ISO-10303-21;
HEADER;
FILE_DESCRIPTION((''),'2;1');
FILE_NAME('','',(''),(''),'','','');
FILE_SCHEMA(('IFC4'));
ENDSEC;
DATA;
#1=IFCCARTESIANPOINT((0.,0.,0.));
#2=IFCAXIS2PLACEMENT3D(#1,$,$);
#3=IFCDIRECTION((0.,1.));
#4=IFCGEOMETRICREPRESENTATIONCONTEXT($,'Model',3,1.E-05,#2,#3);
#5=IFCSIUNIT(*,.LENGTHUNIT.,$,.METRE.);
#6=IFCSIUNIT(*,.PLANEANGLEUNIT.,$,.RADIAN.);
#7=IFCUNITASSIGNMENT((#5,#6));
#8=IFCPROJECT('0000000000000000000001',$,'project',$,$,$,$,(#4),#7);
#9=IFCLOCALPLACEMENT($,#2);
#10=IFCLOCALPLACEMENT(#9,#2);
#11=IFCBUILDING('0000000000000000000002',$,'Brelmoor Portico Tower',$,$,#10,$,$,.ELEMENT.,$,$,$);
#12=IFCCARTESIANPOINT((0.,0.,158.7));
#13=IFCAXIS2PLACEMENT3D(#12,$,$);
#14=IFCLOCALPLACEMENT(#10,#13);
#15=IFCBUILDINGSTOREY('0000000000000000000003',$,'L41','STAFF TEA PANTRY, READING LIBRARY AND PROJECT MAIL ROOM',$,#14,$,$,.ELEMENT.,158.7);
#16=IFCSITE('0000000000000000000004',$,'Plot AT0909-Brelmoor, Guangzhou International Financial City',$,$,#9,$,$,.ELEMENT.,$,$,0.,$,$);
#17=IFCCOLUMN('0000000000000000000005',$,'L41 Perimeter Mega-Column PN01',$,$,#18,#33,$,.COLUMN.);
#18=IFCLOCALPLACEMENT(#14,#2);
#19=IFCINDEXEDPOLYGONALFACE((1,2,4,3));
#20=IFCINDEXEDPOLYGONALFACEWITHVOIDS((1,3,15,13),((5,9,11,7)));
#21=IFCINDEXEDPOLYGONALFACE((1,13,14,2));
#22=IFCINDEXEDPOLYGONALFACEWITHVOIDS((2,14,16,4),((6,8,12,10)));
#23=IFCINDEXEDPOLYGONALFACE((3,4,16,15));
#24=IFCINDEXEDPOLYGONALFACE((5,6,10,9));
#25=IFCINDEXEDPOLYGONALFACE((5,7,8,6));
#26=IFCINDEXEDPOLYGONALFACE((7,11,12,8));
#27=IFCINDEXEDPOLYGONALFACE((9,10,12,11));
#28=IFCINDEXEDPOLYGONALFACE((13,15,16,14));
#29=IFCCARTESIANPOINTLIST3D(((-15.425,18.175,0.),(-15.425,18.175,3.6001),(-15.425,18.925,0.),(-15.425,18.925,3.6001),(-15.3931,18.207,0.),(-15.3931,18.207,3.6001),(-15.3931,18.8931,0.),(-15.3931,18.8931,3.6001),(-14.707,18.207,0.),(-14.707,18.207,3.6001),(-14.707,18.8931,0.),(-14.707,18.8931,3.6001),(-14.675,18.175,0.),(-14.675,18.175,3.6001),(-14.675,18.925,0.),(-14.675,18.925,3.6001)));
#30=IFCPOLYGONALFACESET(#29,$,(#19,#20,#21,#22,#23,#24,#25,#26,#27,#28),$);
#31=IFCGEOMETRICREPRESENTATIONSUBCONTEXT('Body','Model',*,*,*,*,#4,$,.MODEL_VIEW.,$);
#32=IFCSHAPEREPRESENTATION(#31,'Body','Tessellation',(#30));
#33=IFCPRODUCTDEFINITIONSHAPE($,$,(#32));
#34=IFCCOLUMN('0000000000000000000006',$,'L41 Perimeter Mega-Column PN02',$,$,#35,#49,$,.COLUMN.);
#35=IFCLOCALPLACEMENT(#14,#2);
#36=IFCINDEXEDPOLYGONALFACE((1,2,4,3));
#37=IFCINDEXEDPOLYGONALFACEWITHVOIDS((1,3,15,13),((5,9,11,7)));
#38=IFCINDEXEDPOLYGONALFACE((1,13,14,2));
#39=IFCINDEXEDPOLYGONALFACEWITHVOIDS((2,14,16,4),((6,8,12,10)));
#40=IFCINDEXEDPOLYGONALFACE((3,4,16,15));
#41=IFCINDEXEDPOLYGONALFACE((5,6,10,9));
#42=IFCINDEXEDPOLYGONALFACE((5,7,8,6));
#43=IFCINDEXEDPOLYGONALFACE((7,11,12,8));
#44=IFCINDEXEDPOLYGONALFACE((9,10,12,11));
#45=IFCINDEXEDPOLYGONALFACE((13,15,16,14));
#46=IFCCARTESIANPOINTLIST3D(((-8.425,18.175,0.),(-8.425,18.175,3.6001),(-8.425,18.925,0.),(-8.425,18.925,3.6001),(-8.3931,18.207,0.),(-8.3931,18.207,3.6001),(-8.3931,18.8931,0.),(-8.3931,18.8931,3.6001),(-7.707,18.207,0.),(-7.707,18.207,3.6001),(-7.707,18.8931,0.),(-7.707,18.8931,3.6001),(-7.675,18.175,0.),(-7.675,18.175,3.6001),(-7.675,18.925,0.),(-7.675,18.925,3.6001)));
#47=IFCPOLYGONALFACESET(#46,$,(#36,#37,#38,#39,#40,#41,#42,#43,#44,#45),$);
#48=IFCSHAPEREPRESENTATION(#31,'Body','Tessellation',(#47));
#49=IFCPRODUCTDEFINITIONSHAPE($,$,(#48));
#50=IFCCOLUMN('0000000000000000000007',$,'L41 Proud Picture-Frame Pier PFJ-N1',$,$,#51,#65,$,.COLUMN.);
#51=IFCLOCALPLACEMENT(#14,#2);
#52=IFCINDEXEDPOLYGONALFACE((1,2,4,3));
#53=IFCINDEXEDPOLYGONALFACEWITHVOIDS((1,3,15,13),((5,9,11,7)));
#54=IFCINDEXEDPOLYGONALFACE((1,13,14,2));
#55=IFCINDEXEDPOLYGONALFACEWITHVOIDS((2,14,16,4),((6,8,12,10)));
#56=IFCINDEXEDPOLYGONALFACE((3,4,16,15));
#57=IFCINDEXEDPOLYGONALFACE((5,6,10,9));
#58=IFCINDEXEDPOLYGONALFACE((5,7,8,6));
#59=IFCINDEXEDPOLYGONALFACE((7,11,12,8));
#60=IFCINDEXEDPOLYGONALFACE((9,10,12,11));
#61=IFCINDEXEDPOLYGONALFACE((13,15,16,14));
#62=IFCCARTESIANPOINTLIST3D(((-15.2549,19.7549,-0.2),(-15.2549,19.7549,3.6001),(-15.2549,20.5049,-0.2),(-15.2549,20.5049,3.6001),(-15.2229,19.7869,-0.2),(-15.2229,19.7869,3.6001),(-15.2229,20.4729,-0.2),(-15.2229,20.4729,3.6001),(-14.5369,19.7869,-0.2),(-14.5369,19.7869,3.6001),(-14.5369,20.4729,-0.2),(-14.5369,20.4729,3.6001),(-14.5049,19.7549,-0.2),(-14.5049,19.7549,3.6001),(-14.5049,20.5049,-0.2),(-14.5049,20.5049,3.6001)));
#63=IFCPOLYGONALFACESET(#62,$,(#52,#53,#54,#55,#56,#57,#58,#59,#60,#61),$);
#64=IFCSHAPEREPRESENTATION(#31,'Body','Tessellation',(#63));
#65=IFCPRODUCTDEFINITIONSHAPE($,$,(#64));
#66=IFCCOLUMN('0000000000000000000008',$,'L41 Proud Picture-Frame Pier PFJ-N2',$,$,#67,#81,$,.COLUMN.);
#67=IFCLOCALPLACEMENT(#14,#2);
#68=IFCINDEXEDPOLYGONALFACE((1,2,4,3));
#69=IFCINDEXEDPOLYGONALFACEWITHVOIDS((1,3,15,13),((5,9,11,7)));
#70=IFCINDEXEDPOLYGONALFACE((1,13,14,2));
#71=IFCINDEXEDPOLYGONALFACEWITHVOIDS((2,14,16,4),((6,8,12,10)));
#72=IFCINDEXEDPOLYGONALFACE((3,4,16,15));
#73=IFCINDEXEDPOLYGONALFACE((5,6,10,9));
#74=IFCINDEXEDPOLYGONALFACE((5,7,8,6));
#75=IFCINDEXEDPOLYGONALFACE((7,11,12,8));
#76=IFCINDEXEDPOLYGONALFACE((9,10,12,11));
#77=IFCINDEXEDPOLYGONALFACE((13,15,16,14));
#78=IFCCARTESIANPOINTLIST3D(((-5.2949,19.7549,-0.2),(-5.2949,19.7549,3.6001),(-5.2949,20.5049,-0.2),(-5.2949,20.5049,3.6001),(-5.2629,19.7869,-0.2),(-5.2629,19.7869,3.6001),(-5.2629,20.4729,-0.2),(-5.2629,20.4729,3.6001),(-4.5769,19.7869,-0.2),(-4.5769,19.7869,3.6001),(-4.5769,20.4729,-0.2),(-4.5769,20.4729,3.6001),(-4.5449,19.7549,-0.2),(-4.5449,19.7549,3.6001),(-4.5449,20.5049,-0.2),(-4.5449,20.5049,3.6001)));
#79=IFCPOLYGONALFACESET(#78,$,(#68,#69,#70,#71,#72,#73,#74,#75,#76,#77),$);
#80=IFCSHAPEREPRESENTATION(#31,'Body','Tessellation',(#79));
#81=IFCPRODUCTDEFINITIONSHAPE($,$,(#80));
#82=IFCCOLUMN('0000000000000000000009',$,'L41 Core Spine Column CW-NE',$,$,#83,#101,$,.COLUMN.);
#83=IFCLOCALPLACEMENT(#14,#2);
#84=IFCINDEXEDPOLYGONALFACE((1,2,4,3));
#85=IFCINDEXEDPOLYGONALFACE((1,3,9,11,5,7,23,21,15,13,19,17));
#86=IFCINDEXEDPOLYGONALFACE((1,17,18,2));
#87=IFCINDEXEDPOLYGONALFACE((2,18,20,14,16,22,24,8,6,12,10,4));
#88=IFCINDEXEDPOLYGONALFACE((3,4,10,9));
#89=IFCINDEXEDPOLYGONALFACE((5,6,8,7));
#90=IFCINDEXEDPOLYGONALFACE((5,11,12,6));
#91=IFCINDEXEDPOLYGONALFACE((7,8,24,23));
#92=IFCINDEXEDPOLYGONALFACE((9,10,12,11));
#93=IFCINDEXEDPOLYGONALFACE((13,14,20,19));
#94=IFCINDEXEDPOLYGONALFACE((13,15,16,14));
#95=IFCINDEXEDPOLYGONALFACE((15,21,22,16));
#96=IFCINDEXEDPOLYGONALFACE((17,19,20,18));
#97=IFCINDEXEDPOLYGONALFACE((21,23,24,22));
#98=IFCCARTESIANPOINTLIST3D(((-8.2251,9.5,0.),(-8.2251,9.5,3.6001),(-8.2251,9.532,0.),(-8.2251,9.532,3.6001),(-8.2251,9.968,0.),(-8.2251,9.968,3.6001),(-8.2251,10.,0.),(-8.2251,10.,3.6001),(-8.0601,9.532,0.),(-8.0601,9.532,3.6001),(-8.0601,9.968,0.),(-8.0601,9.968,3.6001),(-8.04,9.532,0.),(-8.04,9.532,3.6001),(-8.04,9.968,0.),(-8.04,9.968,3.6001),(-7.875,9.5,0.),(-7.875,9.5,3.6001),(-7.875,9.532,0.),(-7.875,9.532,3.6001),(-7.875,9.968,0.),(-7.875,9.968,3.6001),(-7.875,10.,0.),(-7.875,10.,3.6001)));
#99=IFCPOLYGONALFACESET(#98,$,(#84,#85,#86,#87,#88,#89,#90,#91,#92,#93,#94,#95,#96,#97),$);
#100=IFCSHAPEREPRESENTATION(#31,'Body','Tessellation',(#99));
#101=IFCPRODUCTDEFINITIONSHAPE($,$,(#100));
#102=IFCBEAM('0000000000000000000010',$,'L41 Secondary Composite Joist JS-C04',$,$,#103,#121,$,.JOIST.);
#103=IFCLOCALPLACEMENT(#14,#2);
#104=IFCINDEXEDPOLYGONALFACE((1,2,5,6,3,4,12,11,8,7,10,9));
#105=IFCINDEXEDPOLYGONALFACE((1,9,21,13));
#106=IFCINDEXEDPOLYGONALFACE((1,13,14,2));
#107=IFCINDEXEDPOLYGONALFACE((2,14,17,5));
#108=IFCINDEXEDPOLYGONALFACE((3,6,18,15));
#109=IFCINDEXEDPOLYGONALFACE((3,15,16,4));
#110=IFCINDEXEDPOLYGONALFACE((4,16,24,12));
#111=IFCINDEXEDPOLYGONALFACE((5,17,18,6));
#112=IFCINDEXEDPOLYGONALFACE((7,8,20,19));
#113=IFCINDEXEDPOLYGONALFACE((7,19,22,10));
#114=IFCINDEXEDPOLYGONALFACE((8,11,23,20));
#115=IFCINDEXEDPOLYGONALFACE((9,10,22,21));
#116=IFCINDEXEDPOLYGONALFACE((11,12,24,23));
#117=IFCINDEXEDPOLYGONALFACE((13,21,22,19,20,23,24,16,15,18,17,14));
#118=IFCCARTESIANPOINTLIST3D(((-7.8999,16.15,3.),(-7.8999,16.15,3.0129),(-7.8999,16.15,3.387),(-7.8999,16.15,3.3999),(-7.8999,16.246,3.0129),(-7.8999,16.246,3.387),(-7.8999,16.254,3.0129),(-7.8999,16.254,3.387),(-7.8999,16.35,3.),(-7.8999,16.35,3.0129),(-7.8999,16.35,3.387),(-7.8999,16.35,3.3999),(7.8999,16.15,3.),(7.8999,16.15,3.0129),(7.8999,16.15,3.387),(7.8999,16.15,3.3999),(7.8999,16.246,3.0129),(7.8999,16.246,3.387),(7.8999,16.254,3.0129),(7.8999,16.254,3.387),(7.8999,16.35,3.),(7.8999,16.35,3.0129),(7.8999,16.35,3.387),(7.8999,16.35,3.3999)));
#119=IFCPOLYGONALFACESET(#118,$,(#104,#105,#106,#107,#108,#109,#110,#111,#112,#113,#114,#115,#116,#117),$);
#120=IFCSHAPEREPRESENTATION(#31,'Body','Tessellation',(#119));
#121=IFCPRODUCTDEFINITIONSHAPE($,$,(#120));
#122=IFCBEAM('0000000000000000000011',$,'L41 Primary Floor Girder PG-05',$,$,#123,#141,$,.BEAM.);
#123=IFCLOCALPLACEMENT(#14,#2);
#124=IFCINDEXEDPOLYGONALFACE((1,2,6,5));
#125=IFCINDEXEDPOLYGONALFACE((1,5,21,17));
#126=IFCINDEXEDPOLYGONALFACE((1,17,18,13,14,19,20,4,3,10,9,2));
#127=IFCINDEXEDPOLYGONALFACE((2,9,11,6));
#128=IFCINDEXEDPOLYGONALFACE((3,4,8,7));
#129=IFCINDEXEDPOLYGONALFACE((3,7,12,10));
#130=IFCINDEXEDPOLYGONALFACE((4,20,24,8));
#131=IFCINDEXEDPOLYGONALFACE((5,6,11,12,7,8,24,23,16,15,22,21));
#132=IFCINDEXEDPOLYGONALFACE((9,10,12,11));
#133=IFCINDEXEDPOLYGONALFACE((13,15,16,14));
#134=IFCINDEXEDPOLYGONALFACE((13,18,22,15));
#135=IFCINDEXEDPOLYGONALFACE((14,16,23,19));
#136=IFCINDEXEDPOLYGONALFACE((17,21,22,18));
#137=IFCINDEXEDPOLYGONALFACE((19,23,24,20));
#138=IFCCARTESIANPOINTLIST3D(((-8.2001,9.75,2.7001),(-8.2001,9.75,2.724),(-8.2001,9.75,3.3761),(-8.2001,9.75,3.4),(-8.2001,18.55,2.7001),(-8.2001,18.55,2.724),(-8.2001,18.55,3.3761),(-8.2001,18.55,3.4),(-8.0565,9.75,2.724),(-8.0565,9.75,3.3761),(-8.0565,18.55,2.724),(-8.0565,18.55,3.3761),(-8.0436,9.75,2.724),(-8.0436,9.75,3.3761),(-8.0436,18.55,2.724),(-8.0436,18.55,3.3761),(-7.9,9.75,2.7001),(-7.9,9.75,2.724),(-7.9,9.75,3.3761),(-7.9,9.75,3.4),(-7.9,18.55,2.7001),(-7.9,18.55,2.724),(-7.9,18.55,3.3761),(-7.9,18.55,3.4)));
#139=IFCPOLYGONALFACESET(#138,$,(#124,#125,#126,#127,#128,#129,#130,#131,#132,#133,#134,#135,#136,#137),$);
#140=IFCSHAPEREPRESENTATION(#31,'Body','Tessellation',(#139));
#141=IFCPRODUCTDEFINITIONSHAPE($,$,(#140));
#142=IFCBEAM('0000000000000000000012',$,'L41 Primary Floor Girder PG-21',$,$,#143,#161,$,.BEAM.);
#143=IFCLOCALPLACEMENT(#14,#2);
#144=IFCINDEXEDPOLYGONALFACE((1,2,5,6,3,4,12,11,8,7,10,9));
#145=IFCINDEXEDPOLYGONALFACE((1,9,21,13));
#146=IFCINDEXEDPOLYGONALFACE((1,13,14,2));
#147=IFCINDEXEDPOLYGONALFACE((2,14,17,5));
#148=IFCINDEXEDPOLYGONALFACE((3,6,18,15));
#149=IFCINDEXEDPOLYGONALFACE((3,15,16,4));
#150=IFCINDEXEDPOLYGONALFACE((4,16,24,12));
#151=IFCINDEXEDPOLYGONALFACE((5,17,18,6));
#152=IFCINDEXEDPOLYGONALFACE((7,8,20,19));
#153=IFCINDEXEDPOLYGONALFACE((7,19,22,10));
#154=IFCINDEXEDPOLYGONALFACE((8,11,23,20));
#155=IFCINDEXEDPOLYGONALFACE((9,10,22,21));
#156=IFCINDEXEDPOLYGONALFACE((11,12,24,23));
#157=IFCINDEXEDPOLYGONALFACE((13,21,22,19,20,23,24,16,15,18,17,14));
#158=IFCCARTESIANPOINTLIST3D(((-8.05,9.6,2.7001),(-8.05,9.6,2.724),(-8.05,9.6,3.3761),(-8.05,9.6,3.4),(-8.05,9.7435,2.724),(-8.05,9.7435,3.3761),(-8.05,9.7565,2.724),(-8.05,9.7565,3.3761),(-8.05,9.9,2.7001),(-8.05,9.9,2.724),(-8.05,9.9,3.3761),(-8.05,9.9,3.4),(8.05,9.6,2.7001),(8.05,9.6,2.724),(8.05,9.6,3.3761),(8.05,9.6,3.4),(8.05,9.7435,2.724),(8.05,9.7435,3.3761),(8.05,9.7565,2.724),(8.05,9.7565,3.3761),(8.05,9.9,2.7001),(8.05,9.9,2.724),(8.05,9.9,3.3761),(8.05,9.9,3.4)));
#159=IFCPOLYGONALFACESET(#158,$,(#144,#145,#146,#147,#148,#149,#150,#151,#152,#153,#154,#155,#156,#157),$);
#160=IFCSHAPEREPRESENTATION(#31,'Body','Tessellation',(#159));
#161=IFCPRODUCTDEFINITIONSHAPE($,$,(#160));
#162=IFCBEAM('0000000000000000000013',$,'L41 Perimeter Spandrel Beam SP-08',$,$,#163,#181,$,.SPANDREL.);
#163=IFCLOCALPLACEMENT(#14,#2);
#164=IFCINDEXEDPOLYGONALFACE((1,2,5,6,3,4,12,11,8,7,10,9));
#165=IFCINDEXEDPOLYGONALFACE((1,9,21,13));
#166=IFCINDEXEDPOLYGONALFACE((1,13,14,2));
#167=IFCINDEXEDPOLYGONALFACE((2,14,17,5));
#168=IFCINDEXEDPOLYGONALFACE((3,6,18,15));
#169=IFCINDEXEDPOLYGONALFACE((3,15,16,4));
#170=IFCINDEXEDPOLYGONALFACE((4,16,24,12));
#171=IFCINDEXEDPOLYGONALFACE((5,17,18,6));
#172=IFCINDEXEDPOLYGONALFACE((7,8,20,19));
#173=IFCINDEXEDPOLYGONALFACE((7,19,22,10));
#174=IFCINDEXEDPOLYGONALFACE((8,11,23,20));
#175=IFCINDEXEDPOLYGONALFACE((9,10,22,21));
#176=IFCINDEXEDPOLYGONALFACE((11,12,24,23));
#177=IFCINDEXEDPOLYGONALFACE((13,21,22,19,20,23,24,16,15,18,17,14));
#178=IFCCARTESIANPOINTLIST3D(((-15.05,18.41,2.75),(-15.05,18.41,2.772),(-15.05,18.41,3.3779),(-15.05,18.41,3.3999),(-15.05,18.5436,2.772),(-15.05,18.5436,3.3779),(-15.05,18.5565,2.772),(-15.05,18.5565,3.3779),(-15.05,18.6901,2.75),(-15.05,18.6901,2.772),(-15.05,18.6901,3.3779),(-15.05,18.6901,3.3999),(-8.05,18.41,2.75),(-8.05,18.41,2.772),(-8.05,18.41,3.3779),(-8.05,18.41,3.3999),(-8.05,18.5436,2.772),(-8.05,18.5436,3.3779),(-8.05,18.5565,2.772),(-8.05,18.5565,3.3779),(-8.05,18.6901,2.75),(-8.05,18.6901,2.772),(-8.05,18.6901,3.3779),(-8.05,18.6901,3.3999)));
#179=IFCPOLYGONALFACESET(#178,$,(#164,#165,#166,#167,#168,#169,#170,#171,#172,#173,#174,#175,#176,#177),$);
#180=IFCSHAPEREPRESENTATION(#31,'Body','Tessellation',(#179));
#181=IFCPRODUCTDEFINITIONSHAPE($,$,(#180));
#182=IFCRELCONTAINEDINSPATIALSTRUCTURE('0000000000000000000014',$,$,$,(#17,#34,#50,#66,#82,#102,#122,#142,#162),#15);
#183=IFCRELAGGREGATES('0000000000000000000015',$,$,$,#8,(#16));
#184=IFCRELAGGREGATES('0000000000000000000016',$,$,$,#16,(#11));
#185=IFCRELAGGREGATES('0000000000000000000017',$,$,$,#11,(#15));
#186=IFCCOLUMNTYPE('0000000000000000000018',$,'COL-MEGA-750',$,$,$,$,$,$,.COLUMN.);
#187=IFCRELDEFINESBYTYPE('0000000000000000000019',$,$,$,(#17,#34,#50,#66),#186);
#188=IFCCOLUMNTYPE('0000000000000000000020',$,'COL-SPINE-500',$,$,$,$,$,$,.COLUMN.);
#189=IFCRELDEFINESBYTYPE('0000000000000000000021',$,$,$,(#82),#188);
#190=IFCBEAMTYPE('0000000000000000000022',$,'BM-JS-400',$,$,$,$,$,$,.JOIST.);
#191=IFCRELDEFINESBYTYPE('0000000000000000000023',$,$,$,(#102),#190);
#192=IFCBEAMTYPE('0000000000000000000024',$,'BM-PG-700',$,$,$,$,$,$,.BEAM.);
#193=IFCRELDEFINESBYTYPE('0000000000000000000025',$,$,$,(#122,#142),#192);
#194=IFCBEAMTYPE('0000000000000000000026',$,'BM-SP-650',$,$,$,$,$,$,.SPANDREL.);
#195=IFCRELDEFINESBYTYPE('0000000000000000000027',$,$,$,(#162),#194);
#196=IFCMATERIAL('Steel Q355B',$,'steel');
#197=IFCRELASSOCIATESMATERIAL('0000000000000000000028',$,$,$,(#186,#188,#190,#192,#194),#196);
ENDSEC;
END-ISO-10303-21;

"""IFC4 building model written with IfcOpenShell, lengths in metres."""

from ifc_helpers import new_model, si_unit, direction, frame, origin, origin_2d, place, context, subcontext, project, spatial, hollow_rectangle, i_section, extrude, material, material_profile, profile_set, type_object, element, save


model = new_model("IFC4")

# Units and contexts
model_context = context("Model", 3, precision=1e-05, world=origin(), true_north=direction((0.0, 1.0)))
body_context = subcontext(model_context, "Body", "Model", "MODEL_VIEW")
ifc_project = project(units=[si_unit("LENGTHUNIT", "METRE"), si_unit("PLANEANGLEUNIT", "RADIAN")], contexts=[model_context])

# Site, building, storey
site_placement = place(None, origin())
site = spatial("IfcSite", under=ifc_project, at=site_placement, Name="Plot AT0909-Brelmoor, Guangzhou International Financial City", CompositionType="ELEMENT", RefElevation=0.0)
building_placement = place(site_placement, origin())
building = spatial("IfcBuilding", under=site, at=building_placement, Name="Brelmoor Portico Tower", CompositionType="ELEMENT")
storey_placement = place(building_placement, frame((0.0, 0.0, 158.7)))
storey = spatial("IfcBuildingStorey", under=building, at=storey_placement, Name="L41", Description="STAFF TEA PANTRY, READING LIBRARY AND PROJECT MAIL ROOM", CompositionType="ELEMENT", Elevation=158.7)

# Columns
ifc_material_1 = material(Name="Steel Q355B", Category="steel")
ifc_material_profile_1 = material_profile(ifc_material_1, hollow_rectangle(XDim=0.75, YDim=0.75, WallThickness=0.032, at=origin_2d()), Name="BOX 750x750x32")
ifc_profile_set_1 = profile_set([ifc_material_profile_1], Name="Steel Q355B")
column_type_1 = type_object("IfcColumnType", Name="COL-MEGA-750", PredefinedType="COLUMN", material=ifc_profile_set_1)
for number, where, z_axis, x_axis, name in (
    (1, (-15.05, 18.55, 0.0), (0.0, 0.0, 1.0), (1.0, 0.0, 0.0), "L41 Perimeter Mega-Column PN01"),
    (2, (-8.05, 18.55, 0.0), (0.0, 0.0, 1.0), (1.0, 0.0, 0.0), "L41 Perimeter Mega-Column PN02"),
):
    element("IfcColumn", number, at=place(storey_placement, frame(where, z_axis=z_axis, x_axis=x_axis)), inside=storey, type_object=column_type_1, Name=name, PredefinedType="COLUMN", context=body_context, shape_type="SweptSolid", body=[
        extrude(hollow_rectangle(XDim=0.75, YDim=0.75, WallThickness=0.032, at=origin_2d()), origin(), (0.0, 0.0, 1.0), 3.6001),
    ])
for number, where, z_axis, x_axis, name in (
    (3, (-14.8799, 20.1299, -0.2), (0.0, 0.0, 1.0), (1.0, 0.0, 0.0), "L41 Proud Picture-Frame Pier PFJ-N1"),
    (4, (-4.9199, 20.1299, -0.2), (0.0, 0.0, 1.0), (1.0, 0.0, 0.0), "L41 Proud Picture-Frame Pier PFJ-N2"),
):
    element("IfcColumn", number, at=place(storey_placement, frame(where, z_axis=z_axis, x_axis=x_axis)), inside=storey, type_object=column_type_1, Name=name, PredefinedType="COLUMN", context=body_context, shape_type="SweptSolid", body=[
        extrude(hollow_rectangle(XDim=0.75, YDim=0.75, WallThickness=0.032, at=origin_2d()), origin(), (0.0, 0.0, 1.0), 3.8),
    ])
ifc_material_profile_2 = material_profile(ifc_material_1, i_section(OverallWidth=0.3501, OverallDepth=0.5, WebThickness=0.02, FlangeThickness=0.032, at=origin_2d()), Name="HW 500x350x20x32")
ifc_profile_set_2 = profile_set([ifc_material_profile_2], Name="Steel Q355B")
column_type_2 = type_object("IfcColumnType", Name="COL-SPINE-500", PredefinedType="COLUMN", material=ifc_profile_set_2)
column_placement = place(storey_placement, frame((-8.05, 9.75, 0.0), z_axis=(0.0, 0.0, 1.0), x_axis=(1.0, 0.0, 0.0)))
element("IfcColumn", 5, at=column_placement, inside=storey, type_object=column_type_2, Name="L41 Core Spine Column CW-NE", PredefinedType="COLUMN", context=body_context, shape_type="SweptSolid", body=[
    extrude(i_section(OverallWidth=0.3501, OverallDepth=0.5, WebThickness=0.02, FlangeThickness=0.032, at=origin_2d()), origin(), (0.0, 0.0, 1.0), 3.6001),
])

# Beams
ifc_material_profile_3 = material_profile(ifc_material_1, i_section(OverallWidth=0.2, OverallDepth=0.3999, WebThickness=0.0081, FlangeThickness=0.0129, at=origin_2d()), Name="HN 400x200x8x13")
ifc_profile_set_3 = profile_set([ifc_material_profile_3], Name="Steel Q355B")
beam_type_1 = type_object("IfcBeamType", Name="BM-JS-400", PredefinedType="JOIST", material=ifc_profile_set_3)
beam_1_placement = place(storey_placement, frame((-7.8999, 16.25, 3.2), z_axis=(1.0, 0.0, 0.0), x_axis=(0.0, 1.0, 0.0)))
element("IfcBeam", 6, at=beam_1_placement, inside=storey, type_object=beam_type_1, Name="L41 Secondary Composite Joist JS-C04", PredefinedType="JOIST", context=body_context, shape_type="SweptSolid", body=[
    extrude(i_section(OverallWidth=0.2, OverallDepth=0.3999, WebThickness=0.0081, FlangeThickness=0.0129, at=origin_2d()), origin(), (0.0, 0.0, 1.0), 15.7998),
])
ifc_material_profile_4 = material_profile(ifc_material_1, i_section(OverallWidth=0.3, OverallDepth=0.7, WebThickness=0.0129, FlangeThickness=0.0239, at=origin_2d()), Name="HN 700x300x13x24")
ifc_profile_set_4 = profile_set([ifc_material_profile_4], Name="Steel Q355B")
beam_type_2 = type_object("IfcBeamType", Name="BM-PG-700", PredefinedType="BEAM", material=ifc_profile_set_4)
beam_2_placement = place(storey_placement, frame((-8.05, 9.75, 3.05), z_axis=(0.0, 1.0, 0.0), x_axis=(-1.0, 0.0, 0.0)))
element("IfcBeam", 7, at=beam_2_placement, inside=storey, type_object=beam_type_2, Name="L41 Primary Floor Girder PG-05", PredefinedType="BEAM", context=body_context, shape_type="SweptSolid", body=[
    extrude(i_section(OverallWidth=0.3, OverallDepth=0.7, WebThickness=0.0129, FlangeThickness=0.0239, at=origin_2d()), origin(), (0.0, 0.0, 1.0), 8.8),
])
beam_3_placement = place(storey_placement, frame((-8.05, 9.75, 3.05), z_axis=(1.0, 0.0, 0.0), x_axis=(0.0, 1.0, 0.0)))
element("IfcBeam", 8, at=beam_3_placement, inside=storey, type_object=beam_type_2, Name="L41 Primary Floor Girder PG-21", PredefinedType="BEAM", context=body_context, shape_type="SweptSolid", body=[
    extrude(i_section(OverallWidth=0.3, OverallDepth=0.7, WebThickness=0.0129, FlangeThickness=0.0239, at=origin_2d()), origin(), (0.0, 0.0, 1.0), 16.1001),
])
ifc_material_profile_5 = material_profile(ifc_material_1, i_section(OverallWidth=0.28, OverallDepth=0.6499, WebThickness=0.0129, FlangeThickness=0.022, at=origin_2d()), Name="HN 650x280x13x22")
ifc_profile_set_5 = profile_set([ifc_material_profile_5], Name="Steel Q355B")
beam_type_3 = type_object("IfcBeamType", Name="BM-SP-650", PredefinedType="SPANDREL", material=ifc_profile_set_5)
beam_4_placement = place(storey_placement, frame((-15.05, 18.55, 3.075), z_axis=(1.0, 0.0, 0.0), x_axis=(0.0, 1.0, 0.0)))
element("IfcBeam", 9, at=beam_4_placement, inside=storey, type_object=beam_type_3, Name="L41 Perimeter Spandrel Beam SP-08", PredefinedType="SPANDREL", context=body_context, shape_type="SweptSolid", body=[
    extrude(i_section(OverallWidth=0.28, OverallDepth=0.6499, WebThickness=0.0129, FlangeThickness=0.022, at=origin_2d()), origin(), (0.0, 0.0, 1.0), 7.0),
])

save(model, "model.ifc")
